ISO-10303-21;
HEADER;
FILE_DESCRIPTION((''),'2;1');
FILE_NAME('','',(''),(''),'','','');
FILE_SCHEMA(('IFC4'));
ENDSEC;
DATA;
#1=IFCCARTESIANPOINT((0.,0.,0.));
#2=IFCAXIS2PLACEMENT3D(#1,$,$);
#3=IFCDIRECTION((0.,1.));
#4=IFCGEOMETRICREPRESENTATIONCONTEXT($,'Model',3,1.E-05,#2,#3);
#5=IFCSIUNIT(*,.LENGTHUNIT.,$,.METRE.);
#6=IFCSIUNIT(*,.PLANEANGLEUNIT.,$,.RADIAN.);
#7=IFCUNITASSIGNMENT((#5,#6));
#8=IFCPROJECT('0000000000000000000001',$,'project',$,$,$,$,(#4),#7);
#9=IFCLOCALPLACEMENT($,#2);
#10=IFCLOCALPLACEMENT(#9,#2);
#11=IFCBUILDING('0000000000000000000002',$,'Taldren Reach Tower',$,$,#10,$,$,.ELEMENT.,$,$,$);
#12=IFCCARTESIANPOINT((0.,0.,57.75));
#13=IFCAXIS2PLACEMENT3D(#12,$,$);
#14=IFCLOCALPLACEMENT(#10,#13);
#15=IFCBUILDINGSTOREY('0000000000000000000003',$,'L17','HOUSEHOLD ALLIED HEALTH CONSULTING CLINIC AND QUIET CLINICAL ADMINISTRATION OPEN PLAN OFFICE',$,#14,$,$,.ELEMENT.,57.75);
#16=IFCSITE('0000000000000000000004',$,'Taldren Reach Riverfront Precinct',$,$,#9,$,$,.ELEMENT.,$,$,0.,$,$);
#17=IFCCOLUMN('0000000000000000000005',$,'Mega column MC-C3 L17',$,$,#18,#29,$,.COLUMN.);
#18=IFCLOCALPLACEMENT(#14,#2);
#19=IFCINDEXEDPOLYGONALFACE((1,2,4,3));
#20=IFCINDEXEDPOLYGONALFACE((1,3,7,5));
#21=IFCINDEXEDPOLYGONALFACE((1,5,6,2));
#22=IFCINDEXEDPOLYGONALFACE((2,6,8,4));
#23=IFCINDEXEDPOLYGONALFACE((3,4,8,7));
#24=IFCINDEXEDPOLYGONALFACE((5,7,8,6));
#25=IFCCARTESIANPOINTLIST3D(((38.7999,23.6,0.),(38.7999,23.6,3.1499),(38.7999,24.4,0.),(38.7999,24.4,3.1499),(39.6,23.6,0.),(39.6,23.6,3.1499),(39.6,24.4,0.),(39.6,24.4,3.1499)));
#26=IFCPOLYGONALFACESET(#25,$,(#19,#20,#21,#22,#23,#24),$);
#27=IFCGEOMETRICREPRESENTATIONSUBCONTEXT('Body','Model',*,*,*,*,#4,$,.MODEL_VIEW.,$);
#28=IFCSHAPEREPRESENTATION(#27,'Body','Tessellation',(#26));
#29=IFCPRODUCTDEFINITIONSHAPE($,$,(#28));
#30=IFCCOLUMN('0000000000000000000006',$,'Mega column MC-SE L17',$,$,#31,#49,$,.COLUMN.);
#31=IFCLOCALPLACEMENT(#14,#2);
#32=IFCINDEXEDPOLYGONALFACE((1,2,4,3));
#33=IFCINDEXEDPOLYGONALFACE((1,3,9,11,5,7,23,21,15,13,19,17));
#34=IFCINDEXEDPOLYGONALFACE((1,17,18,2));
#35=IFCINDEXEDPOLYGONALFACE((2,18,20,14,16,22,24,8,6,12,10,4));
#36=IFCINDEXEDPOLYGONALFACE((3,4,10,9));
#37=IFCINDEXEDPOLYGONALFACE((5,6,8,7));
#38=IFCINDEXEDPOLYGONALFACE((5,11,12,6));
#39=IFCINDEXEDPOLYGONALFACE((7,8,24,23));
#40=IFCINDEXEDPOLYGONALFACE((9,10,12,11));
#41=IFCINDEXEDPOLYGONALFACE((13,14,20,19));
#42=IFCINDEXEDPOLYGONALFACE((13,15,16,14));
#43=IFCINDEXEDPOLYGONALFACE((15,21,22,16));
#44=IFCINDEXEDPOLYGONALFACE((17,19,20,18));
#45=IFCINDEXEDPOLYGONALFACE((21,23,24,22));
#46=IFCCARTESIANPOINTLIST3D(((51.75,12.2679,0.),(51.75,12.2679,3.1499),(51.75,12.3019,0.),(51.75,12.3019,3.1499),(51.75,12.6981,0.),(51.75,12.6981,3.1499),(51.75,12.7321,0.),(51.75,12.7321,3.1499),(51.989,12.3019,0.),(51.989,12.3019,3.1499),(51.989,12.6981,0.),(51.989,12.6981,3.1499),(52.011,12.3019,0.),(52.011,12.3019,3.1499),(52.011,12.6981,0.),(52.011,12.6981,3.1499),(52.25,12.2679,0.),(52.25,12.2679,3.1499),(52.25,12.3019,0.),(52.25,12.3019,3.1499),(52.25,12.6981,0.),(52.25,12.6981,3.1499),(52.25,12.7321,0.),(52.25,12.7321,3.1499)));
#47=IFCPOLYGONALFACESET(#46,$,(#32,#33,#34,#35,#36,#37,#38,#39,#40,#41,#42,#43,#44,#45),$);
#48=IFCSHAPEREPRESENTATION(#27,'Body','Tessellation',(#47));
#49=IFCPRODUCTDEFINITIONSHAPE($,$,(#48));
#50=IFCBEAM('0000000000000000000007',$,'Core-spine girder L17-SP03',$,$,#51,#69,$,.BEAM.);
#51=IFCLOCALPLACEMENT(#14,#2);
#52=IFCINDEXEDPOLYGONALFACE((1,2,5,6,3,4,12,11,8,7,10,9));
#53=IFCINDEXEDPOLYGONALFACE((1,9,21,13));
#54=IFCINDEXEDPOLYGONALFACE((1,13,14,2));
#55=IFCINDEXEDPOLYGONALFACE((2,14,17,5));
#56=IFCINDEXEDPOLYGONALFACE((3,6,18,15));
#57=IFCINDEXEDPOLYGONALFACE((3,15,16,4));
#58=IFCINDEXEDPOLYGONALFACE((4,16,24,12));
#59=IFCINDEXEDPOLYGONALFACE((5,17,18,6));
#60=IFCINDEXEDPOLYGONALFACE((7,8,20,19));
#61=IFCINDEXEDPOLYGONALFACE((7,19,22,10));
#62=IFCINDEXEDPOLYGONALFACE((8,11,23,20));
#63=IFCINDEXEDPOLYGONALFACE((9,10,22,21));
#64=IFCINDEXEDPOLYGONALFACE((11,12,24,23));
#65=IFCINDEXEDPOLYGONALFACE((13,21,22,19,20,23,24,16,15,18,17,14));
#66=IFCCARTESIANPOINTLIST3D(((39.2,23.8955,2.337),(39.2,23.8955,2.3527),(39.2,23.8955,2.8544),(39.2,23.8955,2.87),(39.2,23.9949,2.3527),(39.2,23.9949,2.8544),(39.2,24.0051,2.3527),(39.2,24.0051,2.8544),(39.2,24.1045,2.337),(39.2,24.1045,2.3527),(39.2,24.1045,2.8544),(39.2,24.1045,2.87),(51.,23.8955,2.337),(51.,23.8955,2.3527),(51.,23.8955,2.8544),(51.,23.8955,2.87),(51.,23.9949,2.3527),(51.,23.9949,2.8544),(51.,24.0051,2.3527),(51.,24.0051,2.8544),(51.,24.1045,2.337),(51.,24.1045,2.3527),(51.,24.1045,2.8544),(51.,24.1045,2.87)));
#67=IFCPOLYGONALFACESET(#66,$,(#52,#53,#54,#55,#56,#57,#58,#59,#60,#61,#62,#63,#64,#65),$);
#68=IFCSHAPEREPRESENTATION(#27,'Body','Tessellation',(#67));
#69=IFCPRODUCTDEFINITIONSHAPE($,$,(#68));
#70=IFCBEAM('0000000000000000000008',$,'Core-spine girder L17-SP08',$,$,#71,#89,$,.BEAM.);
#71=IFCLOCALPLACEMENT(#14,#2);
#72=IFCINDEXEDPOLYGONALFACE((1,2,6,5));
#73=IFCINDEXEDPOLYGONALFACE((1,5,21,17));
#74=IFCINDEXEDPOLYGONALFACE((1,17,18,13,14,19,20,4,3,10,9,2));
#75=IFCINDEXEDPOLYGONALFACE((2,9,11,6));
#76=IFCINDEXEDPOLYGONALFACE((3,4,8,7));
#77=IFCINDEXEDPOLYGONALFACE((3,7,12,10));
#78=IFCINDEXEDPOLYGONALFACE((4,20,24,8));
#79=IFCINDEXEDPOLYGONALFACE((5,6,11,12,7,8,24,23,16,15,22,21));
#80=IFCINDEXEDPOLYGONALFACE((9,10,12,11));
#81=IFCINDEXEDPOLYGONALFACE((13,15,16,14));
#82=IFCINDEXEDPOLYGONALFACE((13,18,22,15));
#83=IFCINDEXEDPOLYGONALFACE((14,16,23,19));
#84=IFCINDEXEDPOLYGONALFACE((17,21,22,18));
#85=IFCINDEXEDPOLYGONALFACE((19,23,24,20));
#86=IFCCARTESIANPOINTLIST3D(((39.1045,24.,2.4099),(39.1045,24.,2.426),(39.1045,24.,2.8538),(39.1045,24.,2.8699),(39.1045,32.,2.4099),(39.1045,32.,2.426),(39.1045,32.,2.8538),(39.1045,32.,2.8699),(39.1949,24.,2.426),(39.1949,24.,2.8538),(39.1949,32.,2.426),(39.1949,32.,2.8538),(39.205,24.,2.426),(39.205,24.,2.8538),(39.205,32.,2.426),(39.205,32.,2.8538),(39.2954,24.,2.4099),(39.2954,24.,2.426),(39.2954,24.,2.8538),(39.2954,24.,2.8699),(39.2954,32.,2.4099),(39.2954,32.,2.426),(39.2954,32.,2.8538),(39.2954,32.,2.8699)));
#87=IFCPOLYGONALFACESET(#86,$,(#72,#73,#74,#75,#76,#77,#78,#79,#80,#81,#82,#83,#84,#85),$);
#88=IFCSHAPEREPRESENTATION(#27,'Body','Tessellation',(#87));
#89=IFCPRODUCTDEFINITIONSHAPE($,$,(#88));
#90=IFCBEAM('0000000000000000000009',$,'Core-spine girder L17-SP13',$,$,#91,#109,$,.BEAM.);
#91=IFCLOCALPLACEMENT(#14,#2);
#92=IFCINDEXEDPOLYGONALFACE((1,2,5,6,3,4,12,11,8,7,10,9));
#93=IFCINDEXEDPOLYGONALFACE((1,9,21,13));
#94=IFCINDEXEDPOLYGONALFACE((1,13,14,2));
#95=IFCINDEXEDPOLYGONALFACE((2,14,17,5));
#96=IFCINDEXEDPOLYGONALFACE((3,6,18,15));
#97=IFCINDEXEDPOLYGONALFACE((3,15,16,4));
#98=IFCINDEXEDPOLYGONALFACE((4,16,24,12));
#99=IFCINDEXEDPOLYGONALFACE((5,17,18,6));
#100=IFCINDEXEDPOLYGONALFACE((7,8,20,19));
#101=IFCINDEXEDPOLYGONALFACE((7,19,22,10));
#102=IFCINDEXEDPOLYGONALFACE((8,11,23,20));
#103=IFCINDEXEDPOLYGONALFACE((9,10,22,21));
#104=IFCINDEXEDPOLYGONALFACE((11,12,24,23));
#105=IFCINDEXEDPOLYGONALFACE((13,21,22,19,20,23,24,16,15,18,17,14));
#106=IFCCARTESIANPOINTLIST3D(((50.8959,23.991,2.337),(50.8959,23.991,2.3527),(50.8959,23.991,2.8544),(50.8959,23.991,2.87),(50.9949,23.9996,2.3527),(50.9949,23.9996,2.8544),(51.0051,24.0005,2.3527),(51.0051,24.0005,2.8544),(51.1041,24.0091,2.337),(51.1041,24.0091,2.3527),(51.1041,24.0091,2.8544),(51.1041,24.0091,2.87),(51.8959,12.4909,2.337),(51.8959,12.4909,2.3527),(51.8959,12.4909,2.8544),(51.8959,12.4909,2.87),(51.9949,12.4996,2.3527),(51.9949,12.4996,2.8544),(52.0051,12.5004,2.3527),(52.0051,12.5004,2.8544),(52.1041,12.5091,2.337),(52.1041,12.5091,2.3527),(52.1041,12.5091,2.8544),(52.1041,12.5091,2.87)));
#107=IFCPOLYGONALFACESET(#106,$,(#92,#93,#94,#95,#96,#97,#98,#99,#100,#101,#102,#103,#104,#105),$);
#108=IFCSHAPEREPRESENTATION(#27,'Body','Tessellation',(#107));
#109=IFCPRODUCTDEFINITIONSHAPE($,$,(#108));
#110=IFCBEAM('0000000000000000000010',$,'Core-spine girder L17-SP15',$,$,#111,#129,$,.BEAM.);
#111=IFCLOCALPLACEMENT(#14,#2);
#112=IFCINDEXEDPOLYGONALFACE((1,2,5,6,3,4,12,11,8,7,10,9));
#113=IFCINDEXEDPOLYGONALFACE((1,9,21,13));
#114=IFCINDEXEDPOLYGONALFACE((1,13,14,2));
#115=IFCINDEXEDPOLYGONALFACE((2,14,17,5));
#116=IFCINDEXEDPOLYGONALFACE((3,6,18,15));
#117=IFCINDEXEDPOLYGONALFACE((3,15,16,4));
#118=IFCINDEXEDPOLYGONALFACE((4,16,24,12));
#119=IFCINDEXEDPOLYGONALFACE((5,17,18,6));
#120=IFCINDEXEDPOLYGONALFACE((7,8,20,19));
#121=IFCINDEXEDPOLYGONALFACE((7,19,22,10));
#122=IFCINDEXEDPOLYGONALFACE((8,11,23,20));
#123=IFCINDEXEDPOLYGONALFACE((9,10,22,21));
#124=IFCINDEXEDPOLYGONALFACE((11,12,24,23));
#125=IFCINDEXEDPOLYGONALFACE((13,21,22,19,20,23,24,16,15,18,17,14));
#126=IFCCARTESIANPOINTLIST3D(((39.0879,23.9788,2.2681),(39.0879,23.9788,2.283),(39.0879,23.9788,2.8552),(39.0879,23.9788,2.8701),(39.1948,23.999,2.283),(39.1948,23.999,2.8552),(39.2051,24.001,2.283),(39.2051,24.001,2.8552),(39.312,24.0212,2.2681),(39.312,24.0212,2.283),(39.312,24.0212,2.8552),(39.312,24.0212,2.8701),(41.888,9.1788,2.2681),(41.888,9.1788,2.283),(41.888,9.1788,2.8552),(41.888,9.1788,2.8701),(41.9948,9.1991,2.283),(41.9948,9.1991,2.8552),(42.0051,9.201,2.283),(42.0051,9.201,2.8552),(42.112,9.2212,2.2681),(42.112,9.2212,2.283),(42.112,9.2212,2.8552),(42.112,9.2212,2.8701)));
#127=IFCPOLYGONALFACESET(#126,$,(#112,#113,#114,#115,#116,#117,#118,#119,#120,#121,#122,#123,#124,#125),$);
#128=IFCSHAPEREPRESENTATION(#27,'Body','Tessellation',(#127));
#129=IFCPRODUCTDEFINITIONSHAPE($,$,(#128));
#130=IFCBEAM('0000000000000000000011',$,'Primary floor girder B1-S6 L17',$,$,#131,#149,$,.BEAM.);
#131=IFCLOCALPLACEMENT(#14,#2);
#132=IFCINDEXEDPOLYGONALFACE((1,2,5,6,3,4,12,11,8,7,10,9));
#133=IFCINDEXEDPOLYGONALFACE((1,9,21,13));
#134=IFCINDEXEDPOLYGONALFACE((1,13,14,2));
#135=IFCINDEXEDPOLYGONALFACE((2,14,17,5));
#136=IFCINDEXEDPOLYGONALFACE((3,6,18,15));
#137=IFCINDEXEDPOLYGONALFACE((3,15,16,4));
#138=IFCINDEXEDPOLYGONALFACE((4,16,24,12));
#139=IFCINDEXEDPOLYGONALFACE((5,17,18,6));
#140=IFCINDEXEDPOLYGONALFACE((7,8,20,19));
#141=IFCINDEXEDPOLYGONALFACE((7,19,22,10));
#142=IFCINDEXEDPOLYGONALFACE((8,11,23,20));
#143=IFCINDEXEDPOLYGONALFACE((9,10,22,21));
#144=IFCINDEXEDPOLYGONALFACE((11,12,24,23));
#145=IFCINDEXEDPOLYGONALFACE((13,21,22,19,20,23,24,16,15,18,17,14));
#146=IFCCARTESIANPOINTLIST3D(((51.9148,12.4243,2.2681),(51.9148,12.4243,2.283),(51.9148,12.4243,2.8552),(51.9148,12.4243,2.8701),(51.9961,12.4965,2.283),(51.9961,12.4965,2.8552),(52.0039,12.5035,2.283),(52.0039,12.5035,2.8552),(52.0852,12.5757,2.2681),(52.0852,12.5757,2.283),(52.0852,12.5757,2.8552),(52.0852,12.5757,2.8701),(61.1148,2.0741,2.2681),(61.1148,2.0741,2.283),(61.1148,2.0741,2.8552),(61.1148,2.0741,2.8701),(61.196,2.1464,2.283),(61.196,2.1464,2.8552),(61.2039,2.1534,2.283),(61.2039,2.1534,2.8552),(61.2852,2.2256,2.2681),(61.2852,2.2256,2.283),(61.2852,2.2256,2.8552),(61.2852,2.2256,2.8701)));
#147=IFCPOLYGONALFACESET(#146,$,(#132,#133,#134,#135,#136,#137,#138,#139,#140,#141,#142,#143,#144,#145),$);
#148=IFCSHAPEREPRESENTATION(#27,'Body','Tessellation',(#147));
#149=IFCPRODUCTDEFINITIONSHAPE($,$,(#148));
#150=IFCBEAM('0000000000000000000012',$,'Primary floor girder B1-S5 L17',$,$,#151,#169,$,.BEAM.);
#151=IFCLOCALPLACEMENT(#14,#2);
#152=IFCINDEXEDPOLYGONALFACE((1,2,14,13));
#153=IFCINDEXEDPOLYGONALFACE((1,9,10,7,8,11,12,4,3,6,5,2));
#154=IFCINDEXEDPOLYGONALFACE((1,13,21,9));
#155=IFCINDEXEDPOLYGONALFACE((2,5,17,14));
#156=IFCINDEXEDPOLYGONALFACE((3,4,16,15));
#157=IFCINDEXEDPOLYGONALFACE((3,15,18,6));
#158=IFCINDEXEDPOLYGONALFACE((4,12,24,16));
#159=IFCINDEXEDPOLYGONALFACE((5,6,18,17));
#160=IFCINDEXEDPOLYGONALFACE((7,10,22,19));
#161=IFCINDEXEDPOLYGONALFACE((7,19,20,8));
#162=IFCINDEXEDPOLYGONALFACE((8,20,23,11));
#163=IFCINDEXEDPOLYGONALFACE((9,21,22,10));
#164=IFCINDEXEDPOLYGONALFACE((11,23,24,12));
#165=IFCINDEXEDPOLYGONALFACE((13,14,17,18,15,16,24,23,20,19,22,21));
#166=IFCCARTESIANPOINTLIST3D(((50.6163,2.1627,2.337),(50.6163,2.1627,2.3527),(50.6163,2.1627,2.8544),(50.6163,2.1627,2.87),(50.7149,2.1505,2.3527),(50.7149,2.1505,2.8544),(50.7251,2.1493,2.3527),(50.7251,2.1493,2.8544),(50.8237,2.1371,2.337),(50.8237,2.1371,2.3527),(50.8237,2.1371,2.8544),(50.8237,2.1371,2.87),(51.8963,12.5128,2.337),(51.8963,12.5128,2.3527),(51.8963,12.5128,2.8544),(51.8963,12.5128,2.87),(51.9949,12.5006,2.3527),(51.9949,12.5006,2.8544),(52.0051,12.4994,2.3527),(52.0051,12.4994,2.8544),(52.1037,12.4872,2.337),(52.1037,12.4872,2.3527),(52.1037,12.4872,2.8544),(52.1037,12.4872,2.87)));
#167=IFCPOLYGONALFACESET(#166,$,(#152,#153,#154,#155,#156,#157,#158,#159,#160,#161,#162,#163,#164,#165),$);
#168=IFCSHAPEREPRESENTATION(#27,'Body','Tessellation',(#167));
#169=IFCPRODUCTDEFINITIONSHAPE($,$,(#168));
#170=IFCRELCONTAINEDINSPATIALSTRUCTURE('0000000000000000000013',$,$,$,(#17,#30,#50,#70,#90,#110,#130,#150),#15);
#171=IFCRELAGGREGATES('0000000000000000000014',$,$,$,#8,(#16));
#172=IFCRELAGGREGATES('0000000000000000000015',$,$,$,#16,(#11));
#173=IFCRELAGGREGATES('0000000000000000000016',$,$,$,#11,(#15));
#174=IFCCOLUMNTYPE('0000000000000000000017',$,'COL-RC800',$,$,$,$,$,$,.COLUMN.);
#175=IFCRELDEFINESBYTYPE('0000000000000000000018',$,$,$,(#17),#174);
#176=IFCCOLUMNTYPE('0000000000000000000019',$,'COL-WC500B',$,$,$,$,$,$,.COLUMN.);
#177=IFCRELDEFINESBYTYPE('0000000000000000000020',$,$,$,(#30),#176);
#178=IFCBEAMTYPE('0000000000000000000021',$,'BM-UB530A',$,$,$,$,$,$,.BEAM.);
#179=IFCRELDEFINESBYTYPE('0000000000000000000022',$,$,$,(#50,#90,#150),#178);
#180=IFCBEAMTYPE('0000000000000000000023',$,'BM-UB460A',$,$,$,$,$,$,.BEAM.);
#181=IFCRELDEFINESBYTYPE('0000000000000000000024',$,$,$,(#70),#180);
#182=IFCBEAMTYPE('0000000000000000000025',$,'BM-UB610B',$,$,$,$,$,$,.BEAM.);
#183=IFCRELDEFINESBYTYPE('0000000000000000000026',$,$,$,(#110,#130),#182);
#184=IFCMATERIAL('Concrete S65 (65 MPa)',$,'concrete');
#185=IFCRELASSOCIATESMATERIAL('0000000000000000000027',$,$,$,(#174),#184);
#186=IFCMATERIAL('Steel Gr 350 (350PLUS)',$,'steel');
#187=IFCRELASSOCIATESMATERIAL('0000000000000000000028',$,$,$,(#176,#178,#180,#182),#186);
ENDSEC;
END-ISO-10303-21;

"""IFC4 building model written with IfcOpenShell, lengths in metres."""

from ifc_helpers import new_model, si_unit, direction, frame, origin, origin_2d, place, context, subcontext, project, spatial, rectangle, i_section, extrude, source, transform, mapped, material, material_profile, profile_set, type_object, element, save


model = new_model("IFC4")

# Units and contexts
model_context = context("Model", 3, precision=1e-05, world=origin(), true_north=direction((0.0, 1.0)))
body_context = subcontext(model_context, "Body", "Model", "MODEL_VIEW")
ifc_project = project(units=[si_unit("LENGTHUNIT", "METRE"), si_unit("PLANEANGLEUNIT", "RADIAN")], contexts=[model_context])

# Site, building, storey
site_placement = place(None, origin())
site = spatial("IfcSite", under=ifc_project, at=site_placement, Name="Taldren Reach Riverfront Precinct", CompositionType="ELEMENT", RefElevation=0.0)
building_placement = place(site_placement, origin())
building = spatial("IfcBuilding", under=site, at=building_placement, Name="Taldren Reach Tower", CompositionType="ELEMENT")
storey_placement = place(building_placement, frame((0.0, 0.0, 57.75)))
storey = spatial("IfcBuildingStorey", under=building, at=storey_placement, Name="L17", Description="HOUSEHOLD ALLIED HEALTH CONSULTING CLINIC AND QUIET CLINICAL ADMINISTRATION OPEN PLAN OFFICE", CompositionType="ELEMENT", Elevation=57.75)

# Columns
ifc_material_1 = material(Name="Concrete S65 (65 MPa)", Category="concrete")
ifc_material_profile_1 = material_profile(ifc_material_1, rectangle(XDim=0.8, YDim=0.8, at=origin_2d()), Name="RC-800x800")
ifc_profile_set_1 = profile_set([ifc_material_profile_1], Name="Concrete S65 (65 MPa)")
column_type_1 = type_object("IfcColumnType", Name="COL-RC800", PredefinedType="COLUMN", material=ifc_profile_set_1)
shared_shape_1 = source(origin(), body_context, "Body", "SweptSolid", [
    extrude(rectangle(XDim=0.8, YDim=0.8, at=origin_2d()), origin(), (0.0, 0.0, 1.0), 3.1499),
])
column_1_placement = place(storey_placement, frame((39.2, 24.0, 0.0), z_axis=(0.0, 0.0, 1.0), x_axis=(1.0, 0.0, 0.0)))
element("IfcColumn", 1, at=column_1_placement, inside=storey, type_object=column_type_1, Name="Mega column MC-C3 L17", PredefinedType="COLUMN", context=body_context, shape_type="MappedRepresentation", body=[
    mapped(shared_shape_1, transform((0.0, 0.0, 0.0), scale=1.0)),
])
ifc_material_2 = material(Name="Steel Gr 350 (350PLUS)", Category="steel")
ifc_material_profile_2 = material_profile(ifc_material_2, i_section(OverallWidth=0.5, OverallDepth=0.4641, WebThickness=0.022, FlangeThickness=0.0339, at=origin_2d()), Name="500WC340")
ifc_profile_set_2 = profile_set([ifc_material_profile_2], Name="Steel Gr 350 (350PLUS)")
column_type_2 = type_object("IfcColumnType", Name="COL-WC500B", PredefinedType="COLUMN", material=ifc_profile_set_2)
shared_shape_2 = source(origin(), body_context, "Body", "SweptSolid", [
    extrude(i_section(OverallWidth=0.5, OverallDepth=0.4641, WebThickness=0.022, FlangeThickness=0.0339, at=origin_2d()), origin(), (0.0, 0.0, 1.0), 3.1499),
])
column_2_placement = place(storey_placement, frame((52.0, 12.5, 0.0), z_axis=(0.0, 0.0, 1.0), x_axis=(1.0, 0.0, 0.0)))
element("IfcColumn", 2, at=column_2_placement, inside=storey, type_object=column_type_2, Name="Mega column MC-SE L17", PredefinedType="COLUMN", context=body_context, shape_type="MappedRepresentation", body=[
    mapped(shared_shape_2, transform((0.0, 0.0, 0.0), scale=1.0)),
])

# Beams
ifc_material_profile_3 = material_profile(ifc_material_2, i_section(OverallWidth=0.209, OverallDepth=0.533, WebThickness=0.0103, FlangeThickness=0.0156, at=origin_2d()), Name="530UB92.4")
ifc_profile_set_3 = profile_set([ifc_material_profile_3], Name="Steel Gr 350 (350PLUS)")
beam_type_1 = type_object("IfcBeamType", Name="BM-UB530A", PredefinedType="BEAM", material=ifc_profile_set_3)
shared_shape_3 = source(origin(), body_context, "Body", "SweptSolid", [
    extrude(i_section(OverallWidth=0.209, OverallDepth=0.533, WebThickness=0.0103, FlangeThickness=0.0156, at=origin_2d()), origin(), (0.0, 0.0, 1.0), 11.8),
])
beam_1_placement = place(storey_placement, frame((39.2, 24.0, 2.6035), z_axis=(1.0, 0.0, 0.0), x_axis=(0.0, 1.0, 0.0)))
element("IfcBeam", 3, at=beam_1_placement, inside=storey, type_object=beam_type_1, Name="Core-spine girder L17-SP03", PredefinedType="BEAM", context=body_context, shape_type="MappedRepresentation", body=[
    mapped(shared_shape_3, transform((0.0, 0.0, 0.0), scale=1.0)),
])
ifc_material_profile_4 = material_profile(ifc_material_2, i_section(OverallWidth=0.1909, OverallDepth=0.46, WebThickness=0.01, FlangeThickness=0.0161, at=origin_2d()), Name="460UB82.1")
ifc_profile_set_4 = profile_set([ifc_material_profile_4], Name="Steel Gr 350 (350PLUS)")
beam_type_2 = type_object("IfcBeamType", Name="BM-UB460A", PredefinedType="BEAM", material=ifc_profile_set_4)
shared_shape_4 = source(origin(), body_context, "Body", "SweptSolid", [
    extrude(i_section(OverallWidth=0.1909, OverallDepth=0.46, WebThickness=0.01, FlangeThickness=0.0161, at=origin_2d()), origin(), (0.0, 0.0, 1.0), 8.0),
])
beam_2_placement = place(storey_placement, frame((39.2, 24.0, 2.6399), z_axis=(0.0, 1.0, 0.0), x_axis=(-1.0, 0.0, 0.0)))
element("IfcBeam", 4, at=beam_2_placement, inside=storey, type_object=beam_type_2, Name="Core-spine girder L17-SP08", PredefinedType="BEAM", context=body_context, shape_type="MappedRepresentation", body=[
    mapped(shared_shape_4, transform((0.0, 0.0, 0.0), scale=1.0)),
])
shared_shape_5 = source(origin(), body_context, "Body", "SweptSolid", [
    extrude(i_section(OverallWidth=0.209, OverallDepth=0.533, WebThickness=0.0103, FlangeThickness=0.0156, at=origin_2d()), origin(), (0.0, 0.0, 1.0), 11.5435),
])
beam_3_placement = place(storey_placement, frame((52.0, 12.5, 2.6035), z_axis=(-0.08663, 0.996241, 0.0), x_axis=(-0.996241, -0.08663, 0.0)))
element("IfcBeam", 5, at=beam_3_placement, inside=storey, type_object=beam_type_1, Name="Core-spine girder L17-SP13", PredefinedType="BEAM", context=body_context, shape_type="MappedRepresentation", body=[
    mapped(shared_shape_5, transform((0.0, 0.0, 0.0), scale=1.0)),
])
ifc_material_profile_5 = material_profile(ifc_material_2, i_section(OverallWidth=0.228, OverallDepth=0.6021, WebThickness=0.0105, FlangeThickness=0.0149, at=origin_2d()), Name="610UB101")
ifc_profile_set_5 = profile_set([ifc_material_profile_5], Name="Steel Gr 350 (350PLUS)")
beam_type_3 = type_object("IfcBeamType", Name="BM-UB610B", PredefinedType="BEAM", material=ifc_profile_set_5)
shared_shape_6 = source(origin(), body_context, "Body", "SweptSolid", [
    extrude(i_section(OverallWidth=0.228, OverallDepth=0.6021, WebThickness=0.0105, FlangeThickness=0.0149, at=origin_2d()), origin(), (0.0, 0.0, 1.0), 15.0625),
])
beam_4_placement = place(storey_placement, frame((39.2, 24.0, 2.5691), z_axis=(0.185894, -0.98257, 0.0), x_axis=(0.98257, 0.185894, 0.0)))
element("IfcBeam", 6, at=beam_4_placement, inside=storey, type_object=beam_type_3, Name="Core-spine girder L17-SP15", PredefinedType="BEAM", context=body_context, shape_type="MappedRepresentation", body=[
    mapped(shared_shape_6, transform((0.0, 0.0, 0.0), scale=1.0)),
])
shared_shape_7 = source(origin(), body_context, "Body", "SweptSolid", [
    extrude(i_section(OverallWidth=0.228, OverallDepth=0.6021, WebThickness=0.0105, FlangeThickness=0.0149, at=origin_2d()), origin(), (0.0, 0.0, 1.0), 13.8479),
])
beam_5_placement = place(storey_placement, frame((52.0, 12.5, 2.5691), z_axis=(0.664358, -0.747414, 0.0), x_axis=(0.747414, 0.664358, 0.0)))
element("IfcBeam", 7, at=beam_5_placement, inside=storey, type_object=beam_type_3, Name="Primary floor girder B1-S6 L17", PredefinedType="BEAM", context=body_context, shape_type="MappedRepresentation", body=[
    mapped(shared_shape_7, transform((0.0, 0.0, 0.0), scale=1.0)),
])
shared_shape_8 = source(origin(), body_context, "Body", "SweptSolid", [
    extrude(i_section(OverallWidth=0.209, OverallDepth=0.533, WebThickness=0.0103, FlangeThickness=0.0156, at=origin_2d()), origin(), (0.0, 0.0, 1.0), 10.429),
])
beam_6_placement = place(storey_placement, frame((52.0, 12.5, 2.6035), z_axis=(-0.122738, -0.992439, 0.0), x_axis=(0.992439, -0.122738, 0.0)))
element("IfcBeam", 8, at=beam_6_placement, inside=storey, type_object=beam_type_1, Name="Primary floor girder B1-S5 L17", PredefinedType="BEAM", context=body_context, shape_type="MappedRepresentation", body=[
    mapped(shared_shape_8, transform((0.0, 0.0, 0.0), scale=1.0)),
])

save(model, "model.ifc")
